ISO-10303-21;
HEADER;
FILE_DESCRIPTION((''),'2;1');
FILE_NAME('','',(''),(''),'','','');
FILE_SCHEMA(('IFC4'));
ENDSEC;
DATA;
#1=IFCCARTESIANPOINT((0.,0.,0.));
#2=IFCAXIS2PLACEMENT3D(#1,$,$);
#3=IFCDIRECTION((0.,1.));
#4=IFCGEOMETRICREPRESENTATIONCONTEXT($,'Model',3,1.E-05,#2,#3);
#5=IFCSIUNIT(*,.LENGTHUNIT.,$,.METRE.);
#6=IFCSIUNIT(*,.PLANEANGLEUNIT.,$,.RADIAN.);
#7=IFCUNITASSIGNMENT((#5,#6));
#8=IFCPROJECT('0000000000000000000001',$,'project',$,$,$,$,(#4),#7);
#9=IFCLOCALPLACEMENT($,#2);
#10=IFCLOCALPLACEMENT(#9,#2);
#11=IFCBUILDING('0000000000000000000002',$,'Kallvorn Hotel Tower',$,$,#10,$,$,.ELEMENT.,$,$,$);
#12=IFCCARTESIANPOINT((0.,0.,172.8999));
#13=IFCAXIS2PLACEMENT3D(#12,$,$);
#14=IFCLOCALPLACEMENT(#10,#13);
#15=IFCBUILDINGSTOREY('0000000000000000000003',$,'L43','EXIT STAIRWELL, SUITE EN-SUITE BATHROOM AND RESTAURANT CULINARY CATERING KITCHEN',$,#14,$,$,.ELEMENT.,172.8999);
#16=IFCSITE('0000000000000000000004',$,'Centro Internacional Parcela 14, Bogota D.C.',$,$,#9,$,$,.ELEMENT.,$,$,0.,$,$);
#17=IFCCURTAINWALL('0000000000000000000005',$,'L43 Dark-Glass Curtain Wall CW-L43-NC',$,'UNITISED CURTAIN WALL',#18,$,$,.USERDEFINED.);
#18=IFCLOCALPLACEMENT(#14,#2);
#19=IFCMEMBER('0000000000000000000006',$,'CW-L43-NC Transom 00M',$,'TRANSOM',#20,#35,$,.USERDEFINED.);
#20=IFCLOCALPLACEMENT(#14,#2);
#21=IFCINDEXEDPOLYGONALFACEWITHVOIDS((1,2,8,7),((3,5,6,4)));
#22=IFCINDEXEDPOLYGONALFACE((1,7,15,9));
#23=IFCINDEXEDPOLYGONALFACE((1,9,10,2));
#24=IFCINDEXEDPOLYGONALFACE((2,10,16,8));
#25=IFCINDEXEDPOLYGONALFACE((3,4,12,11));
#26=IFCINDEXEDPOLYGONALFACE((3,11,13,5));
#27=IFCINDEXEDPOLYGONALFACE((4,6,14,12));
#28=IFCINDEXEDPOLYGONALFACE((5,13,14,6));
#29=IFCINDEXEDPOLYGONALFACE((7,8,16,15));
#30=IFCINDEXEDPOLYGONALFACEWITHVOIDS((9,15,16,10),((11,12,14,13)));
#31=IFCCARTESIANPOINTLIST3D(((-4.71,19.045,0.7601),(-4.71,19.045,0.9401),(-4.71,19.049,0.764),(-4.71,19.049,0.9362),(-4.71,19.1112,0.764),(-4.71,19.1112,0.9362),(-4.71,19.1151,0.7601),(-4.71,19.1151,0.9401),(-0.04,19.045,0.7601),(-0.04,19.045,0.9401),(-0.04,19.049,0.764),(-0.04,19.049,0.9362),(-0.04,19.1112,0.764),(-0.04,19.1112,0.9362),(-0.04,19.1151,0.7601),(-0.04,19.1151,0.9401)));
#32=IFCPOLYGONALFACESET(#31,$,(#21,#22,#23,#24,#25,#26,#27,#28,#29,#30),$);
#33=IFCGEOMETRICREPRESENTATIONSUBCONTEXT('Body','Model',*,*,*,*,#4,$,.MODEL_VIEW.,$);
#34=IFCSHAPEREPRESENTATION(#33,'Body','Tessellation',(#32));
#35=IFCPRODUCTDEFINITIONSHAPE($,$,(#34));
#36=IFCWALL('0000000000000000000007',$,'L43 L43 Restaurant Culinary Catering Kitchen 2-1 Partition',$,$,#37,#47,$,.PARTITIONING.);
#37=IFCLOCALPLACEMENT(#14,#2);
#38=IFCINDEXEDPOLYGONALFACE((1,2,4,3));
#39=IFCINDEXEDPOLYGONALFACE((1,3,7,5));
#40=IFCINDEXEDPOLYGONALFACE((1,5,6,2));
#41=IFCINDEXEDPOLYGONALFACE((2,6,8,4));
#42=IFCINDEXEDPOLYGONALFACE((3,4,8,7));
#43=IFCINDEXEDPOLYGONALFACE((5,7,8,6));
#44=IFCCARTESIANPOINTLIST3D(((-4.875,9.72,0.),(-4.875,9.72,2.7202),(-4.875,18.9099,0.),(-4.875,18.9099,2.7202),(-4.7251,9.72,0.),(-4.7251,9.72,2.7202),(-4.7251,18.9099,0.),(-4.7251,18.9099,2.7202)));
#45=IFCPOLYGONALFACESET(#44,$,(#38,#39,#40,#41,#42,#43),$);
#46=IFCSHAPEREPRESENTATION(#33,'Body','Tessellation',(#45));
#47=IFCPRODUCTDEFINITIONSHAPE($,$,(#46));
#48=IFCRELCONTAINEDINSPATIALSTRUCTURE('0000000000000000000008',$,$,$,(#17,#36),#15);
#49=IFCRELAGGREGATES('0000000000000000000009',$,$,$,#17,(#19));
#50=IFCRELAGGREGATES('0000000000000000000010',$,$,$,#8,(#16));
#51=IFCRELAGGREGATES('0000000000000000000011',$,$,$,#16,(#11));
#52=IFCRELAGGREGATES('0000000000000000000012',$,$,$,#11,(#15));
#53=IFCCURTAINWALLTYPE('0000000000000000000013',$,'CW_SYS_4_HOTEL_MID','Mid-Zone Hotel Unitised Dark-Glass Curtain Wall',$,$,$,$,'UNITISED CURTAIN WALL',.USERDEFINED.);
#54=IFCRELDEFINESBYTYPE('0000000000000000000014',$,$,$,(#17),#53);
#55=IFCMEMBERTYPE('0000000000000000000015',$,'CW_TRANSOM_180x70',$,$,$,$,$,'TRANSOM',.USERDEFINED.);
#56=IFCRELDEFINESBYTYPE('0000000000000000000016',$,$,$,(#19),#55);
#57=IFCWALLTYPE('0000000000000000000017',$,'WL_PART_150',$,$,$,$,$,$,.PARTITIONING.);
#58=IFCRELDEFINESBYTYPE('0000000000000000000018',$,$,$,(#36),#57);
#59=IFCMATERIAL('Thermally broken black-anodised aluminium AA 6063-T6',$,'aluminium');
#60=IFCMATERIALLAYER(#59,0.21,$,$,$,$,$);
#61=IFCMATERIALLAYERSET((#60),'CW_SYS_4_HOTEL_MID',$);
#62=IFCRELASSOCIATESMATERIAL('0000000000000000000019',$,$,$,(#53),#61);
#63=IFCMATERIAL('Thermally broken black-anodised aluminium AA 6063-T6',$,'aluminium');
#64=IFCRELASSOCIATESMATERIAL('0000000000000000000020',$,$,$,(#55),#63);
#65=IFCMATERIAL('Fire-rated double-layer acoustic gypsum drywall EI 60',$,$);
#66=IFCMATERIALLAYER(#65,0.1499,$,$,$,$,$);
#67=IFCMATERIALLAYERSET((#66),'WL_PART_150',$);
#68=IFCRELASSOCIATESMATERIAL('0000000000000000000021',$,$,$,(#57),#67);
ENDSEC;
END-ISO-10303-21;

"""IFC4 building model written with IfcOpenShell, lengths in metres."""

from ifc_helpers import new_model, si_unit, direction, frame, frame_2d, origin, origin_2d, place, context, subcontext, project, spatial, rectangle, hollow_rectangle, extrude, material, layer, layer_set, material_profile, profile_set, type_object, element, aggregate, save


model = new_model("IFC4")

# Units and contexts
model_context = context("Model", 3, precision=1e-05, world=origin(), true_north=direction((0.0, 1.0)))
body_context = subcontext(model_context, "Body", "Model", "MODEL_VIEW")
ifc_project = project(units=[si_unit("LENGTHUNIT", "METRE"), si_unit("PLANEANGLEUNIT", "RADIAN")], contexts=[model_context])

# Site, building, storey
site_placement = place(None, origin())
site = spatial("IfcSite", under=ifc_project, at=site_placement, Name="Centro Internacional Parcela 14, Bogota D.C.", CompositionType="ELEMENT", RefElevation=0.0)
building_placement = place(site_placement, origin())
building = spatial("IfcBuilding", under=site, at=building_placement, Name="Kallvorn Hotel Tower", CompositionType="ELEMENT")
storey_placement = place(building_placement, frame((0.0, 0.0, 172.8999)))
storey = spatial("IfcBuildingStorey", under=building, at=storey_placement, Name="L43", Description="EXIT STAIRWELL, SUITE EN-SUITE BATHROOM AND RESTAURANT CULINARY CATERING KITCHEN", CompositionType="ELEMENT", Elevation=172.8999)

# Curtain wall, member
ifc_material_1 = material(Name="Thermally broken black-anodised aluminium AA 6063-T6", Category="aluminium")
ifc_layer_1 = layer(ifc_material_1, 0.21)
ifc_layer_set_1 = layer_set([ifc_layer_1], Name="CW_SYS_4_HOTEL_MID")
curtain_wall_type = type_object("IfcCurtainWallType", Name="CW_SYS_4_HOTEL_MID", Description="Mid-Zone Hotel Unitised Dark-Glass Curtain Wall", ElementType="UNITISED CURTAIN WALL", PredefinedType="USERDEFINED", material=ifc_layer_set_1)
curtain_wall_placement = place(storey_placement, origin())
curtain_wall = element("IfcCurtainWall", 1, at=curtain_wall_placement, inside=storey, type_object=curtain_wall_type, Name="L43 Dark-Glass Curtain Wall CW-L43-NC", ObjectType="UNITISED CURTAIN WALL", PredefinedType="USERDEFINED")
ifc_material_2 = material(Name="Thermally broken black-anodised aluminium AA 6063-T6", Category="aluminium")
ifc_material_profile_1 = material_profile(ifc_material_2, hollow_rectangle(XDim=0.0701, YDim=0.1799, WallThickness=0.0039, at=origin_2d()), Name="TRN 180x70")
ifc_profile_set_1 = profile_set([ifc_material_profile_1], Name="Thermally broken black-anodised aluminium AA 6063-T6")
member_type_1 = type_object("IfcMemberType", Name="CW_TRANSOM_180x70", ElementType="TRANSOM", PredefinedType="USERDEFINED", material=ifc_profile_set_1)
member_1_placement = place(storey_placement, frame((-4.71, 19.0801, 0.8501), z_axis=(1.0, 0.0, 0.0), x_axis=(0.0, 1.0, 0.0)))
member_1 = element("IfcMember", 2, at=member_1_placement, type_object=member_type_1, Name="CW-L43-NC Transom 00M", ObjectType="TRANSOM", PredefinedType="USERDEFINED", context=body_context, shape_type="SweptSolid", body=[
    extrude(hollow_rectangle(XDim=0.0701, YDim=0.1799, WallThickness=0.0039, at=origin_2d()), origin(), (0.0, 0.0, 1.0), 4.6699),
])
aggregate(curtain_wall, [member_1])

# Wall
ifc_material_3 = material(Name="Fire-rated double-layer acoustic gypsum drywall EI 60")
ifc_layer_2 = layer(ifc_material_3, 0.1499)
ifc_layer_set_2 = layer_set([ifc_layer_2], Name="WL_PART_150")
wall_type = type_object("IfcWallType", Name="WL_PART_150", PredefinedType="PARTITIONING", material=ifc_layer_set_2)
wall_placement = place(storey_placement, frame((-4.8, 9.72, 0.0), z_axis=(0.0, 0.0, 1.0), x_axis=(0.0, 1.0, 0.0)))
element("IfcWall", 3, at=wall_placement, inside=storey, type_object=wall_type, Name="L43 L43 Restaurant Culinary Catering Kitchen 2-1 Partition", PredefinedType="PARTITIONING", context=body_context, shape_type="SweptSolid", body=[
    extrude(rectangle(XDim=9.1899, YDim=0.1499, at=frame_2d((4.595, 0.0))), origin(), (0.0, 0.0, 1.0), 2.7202),
])

save(model, "model.ifc")
